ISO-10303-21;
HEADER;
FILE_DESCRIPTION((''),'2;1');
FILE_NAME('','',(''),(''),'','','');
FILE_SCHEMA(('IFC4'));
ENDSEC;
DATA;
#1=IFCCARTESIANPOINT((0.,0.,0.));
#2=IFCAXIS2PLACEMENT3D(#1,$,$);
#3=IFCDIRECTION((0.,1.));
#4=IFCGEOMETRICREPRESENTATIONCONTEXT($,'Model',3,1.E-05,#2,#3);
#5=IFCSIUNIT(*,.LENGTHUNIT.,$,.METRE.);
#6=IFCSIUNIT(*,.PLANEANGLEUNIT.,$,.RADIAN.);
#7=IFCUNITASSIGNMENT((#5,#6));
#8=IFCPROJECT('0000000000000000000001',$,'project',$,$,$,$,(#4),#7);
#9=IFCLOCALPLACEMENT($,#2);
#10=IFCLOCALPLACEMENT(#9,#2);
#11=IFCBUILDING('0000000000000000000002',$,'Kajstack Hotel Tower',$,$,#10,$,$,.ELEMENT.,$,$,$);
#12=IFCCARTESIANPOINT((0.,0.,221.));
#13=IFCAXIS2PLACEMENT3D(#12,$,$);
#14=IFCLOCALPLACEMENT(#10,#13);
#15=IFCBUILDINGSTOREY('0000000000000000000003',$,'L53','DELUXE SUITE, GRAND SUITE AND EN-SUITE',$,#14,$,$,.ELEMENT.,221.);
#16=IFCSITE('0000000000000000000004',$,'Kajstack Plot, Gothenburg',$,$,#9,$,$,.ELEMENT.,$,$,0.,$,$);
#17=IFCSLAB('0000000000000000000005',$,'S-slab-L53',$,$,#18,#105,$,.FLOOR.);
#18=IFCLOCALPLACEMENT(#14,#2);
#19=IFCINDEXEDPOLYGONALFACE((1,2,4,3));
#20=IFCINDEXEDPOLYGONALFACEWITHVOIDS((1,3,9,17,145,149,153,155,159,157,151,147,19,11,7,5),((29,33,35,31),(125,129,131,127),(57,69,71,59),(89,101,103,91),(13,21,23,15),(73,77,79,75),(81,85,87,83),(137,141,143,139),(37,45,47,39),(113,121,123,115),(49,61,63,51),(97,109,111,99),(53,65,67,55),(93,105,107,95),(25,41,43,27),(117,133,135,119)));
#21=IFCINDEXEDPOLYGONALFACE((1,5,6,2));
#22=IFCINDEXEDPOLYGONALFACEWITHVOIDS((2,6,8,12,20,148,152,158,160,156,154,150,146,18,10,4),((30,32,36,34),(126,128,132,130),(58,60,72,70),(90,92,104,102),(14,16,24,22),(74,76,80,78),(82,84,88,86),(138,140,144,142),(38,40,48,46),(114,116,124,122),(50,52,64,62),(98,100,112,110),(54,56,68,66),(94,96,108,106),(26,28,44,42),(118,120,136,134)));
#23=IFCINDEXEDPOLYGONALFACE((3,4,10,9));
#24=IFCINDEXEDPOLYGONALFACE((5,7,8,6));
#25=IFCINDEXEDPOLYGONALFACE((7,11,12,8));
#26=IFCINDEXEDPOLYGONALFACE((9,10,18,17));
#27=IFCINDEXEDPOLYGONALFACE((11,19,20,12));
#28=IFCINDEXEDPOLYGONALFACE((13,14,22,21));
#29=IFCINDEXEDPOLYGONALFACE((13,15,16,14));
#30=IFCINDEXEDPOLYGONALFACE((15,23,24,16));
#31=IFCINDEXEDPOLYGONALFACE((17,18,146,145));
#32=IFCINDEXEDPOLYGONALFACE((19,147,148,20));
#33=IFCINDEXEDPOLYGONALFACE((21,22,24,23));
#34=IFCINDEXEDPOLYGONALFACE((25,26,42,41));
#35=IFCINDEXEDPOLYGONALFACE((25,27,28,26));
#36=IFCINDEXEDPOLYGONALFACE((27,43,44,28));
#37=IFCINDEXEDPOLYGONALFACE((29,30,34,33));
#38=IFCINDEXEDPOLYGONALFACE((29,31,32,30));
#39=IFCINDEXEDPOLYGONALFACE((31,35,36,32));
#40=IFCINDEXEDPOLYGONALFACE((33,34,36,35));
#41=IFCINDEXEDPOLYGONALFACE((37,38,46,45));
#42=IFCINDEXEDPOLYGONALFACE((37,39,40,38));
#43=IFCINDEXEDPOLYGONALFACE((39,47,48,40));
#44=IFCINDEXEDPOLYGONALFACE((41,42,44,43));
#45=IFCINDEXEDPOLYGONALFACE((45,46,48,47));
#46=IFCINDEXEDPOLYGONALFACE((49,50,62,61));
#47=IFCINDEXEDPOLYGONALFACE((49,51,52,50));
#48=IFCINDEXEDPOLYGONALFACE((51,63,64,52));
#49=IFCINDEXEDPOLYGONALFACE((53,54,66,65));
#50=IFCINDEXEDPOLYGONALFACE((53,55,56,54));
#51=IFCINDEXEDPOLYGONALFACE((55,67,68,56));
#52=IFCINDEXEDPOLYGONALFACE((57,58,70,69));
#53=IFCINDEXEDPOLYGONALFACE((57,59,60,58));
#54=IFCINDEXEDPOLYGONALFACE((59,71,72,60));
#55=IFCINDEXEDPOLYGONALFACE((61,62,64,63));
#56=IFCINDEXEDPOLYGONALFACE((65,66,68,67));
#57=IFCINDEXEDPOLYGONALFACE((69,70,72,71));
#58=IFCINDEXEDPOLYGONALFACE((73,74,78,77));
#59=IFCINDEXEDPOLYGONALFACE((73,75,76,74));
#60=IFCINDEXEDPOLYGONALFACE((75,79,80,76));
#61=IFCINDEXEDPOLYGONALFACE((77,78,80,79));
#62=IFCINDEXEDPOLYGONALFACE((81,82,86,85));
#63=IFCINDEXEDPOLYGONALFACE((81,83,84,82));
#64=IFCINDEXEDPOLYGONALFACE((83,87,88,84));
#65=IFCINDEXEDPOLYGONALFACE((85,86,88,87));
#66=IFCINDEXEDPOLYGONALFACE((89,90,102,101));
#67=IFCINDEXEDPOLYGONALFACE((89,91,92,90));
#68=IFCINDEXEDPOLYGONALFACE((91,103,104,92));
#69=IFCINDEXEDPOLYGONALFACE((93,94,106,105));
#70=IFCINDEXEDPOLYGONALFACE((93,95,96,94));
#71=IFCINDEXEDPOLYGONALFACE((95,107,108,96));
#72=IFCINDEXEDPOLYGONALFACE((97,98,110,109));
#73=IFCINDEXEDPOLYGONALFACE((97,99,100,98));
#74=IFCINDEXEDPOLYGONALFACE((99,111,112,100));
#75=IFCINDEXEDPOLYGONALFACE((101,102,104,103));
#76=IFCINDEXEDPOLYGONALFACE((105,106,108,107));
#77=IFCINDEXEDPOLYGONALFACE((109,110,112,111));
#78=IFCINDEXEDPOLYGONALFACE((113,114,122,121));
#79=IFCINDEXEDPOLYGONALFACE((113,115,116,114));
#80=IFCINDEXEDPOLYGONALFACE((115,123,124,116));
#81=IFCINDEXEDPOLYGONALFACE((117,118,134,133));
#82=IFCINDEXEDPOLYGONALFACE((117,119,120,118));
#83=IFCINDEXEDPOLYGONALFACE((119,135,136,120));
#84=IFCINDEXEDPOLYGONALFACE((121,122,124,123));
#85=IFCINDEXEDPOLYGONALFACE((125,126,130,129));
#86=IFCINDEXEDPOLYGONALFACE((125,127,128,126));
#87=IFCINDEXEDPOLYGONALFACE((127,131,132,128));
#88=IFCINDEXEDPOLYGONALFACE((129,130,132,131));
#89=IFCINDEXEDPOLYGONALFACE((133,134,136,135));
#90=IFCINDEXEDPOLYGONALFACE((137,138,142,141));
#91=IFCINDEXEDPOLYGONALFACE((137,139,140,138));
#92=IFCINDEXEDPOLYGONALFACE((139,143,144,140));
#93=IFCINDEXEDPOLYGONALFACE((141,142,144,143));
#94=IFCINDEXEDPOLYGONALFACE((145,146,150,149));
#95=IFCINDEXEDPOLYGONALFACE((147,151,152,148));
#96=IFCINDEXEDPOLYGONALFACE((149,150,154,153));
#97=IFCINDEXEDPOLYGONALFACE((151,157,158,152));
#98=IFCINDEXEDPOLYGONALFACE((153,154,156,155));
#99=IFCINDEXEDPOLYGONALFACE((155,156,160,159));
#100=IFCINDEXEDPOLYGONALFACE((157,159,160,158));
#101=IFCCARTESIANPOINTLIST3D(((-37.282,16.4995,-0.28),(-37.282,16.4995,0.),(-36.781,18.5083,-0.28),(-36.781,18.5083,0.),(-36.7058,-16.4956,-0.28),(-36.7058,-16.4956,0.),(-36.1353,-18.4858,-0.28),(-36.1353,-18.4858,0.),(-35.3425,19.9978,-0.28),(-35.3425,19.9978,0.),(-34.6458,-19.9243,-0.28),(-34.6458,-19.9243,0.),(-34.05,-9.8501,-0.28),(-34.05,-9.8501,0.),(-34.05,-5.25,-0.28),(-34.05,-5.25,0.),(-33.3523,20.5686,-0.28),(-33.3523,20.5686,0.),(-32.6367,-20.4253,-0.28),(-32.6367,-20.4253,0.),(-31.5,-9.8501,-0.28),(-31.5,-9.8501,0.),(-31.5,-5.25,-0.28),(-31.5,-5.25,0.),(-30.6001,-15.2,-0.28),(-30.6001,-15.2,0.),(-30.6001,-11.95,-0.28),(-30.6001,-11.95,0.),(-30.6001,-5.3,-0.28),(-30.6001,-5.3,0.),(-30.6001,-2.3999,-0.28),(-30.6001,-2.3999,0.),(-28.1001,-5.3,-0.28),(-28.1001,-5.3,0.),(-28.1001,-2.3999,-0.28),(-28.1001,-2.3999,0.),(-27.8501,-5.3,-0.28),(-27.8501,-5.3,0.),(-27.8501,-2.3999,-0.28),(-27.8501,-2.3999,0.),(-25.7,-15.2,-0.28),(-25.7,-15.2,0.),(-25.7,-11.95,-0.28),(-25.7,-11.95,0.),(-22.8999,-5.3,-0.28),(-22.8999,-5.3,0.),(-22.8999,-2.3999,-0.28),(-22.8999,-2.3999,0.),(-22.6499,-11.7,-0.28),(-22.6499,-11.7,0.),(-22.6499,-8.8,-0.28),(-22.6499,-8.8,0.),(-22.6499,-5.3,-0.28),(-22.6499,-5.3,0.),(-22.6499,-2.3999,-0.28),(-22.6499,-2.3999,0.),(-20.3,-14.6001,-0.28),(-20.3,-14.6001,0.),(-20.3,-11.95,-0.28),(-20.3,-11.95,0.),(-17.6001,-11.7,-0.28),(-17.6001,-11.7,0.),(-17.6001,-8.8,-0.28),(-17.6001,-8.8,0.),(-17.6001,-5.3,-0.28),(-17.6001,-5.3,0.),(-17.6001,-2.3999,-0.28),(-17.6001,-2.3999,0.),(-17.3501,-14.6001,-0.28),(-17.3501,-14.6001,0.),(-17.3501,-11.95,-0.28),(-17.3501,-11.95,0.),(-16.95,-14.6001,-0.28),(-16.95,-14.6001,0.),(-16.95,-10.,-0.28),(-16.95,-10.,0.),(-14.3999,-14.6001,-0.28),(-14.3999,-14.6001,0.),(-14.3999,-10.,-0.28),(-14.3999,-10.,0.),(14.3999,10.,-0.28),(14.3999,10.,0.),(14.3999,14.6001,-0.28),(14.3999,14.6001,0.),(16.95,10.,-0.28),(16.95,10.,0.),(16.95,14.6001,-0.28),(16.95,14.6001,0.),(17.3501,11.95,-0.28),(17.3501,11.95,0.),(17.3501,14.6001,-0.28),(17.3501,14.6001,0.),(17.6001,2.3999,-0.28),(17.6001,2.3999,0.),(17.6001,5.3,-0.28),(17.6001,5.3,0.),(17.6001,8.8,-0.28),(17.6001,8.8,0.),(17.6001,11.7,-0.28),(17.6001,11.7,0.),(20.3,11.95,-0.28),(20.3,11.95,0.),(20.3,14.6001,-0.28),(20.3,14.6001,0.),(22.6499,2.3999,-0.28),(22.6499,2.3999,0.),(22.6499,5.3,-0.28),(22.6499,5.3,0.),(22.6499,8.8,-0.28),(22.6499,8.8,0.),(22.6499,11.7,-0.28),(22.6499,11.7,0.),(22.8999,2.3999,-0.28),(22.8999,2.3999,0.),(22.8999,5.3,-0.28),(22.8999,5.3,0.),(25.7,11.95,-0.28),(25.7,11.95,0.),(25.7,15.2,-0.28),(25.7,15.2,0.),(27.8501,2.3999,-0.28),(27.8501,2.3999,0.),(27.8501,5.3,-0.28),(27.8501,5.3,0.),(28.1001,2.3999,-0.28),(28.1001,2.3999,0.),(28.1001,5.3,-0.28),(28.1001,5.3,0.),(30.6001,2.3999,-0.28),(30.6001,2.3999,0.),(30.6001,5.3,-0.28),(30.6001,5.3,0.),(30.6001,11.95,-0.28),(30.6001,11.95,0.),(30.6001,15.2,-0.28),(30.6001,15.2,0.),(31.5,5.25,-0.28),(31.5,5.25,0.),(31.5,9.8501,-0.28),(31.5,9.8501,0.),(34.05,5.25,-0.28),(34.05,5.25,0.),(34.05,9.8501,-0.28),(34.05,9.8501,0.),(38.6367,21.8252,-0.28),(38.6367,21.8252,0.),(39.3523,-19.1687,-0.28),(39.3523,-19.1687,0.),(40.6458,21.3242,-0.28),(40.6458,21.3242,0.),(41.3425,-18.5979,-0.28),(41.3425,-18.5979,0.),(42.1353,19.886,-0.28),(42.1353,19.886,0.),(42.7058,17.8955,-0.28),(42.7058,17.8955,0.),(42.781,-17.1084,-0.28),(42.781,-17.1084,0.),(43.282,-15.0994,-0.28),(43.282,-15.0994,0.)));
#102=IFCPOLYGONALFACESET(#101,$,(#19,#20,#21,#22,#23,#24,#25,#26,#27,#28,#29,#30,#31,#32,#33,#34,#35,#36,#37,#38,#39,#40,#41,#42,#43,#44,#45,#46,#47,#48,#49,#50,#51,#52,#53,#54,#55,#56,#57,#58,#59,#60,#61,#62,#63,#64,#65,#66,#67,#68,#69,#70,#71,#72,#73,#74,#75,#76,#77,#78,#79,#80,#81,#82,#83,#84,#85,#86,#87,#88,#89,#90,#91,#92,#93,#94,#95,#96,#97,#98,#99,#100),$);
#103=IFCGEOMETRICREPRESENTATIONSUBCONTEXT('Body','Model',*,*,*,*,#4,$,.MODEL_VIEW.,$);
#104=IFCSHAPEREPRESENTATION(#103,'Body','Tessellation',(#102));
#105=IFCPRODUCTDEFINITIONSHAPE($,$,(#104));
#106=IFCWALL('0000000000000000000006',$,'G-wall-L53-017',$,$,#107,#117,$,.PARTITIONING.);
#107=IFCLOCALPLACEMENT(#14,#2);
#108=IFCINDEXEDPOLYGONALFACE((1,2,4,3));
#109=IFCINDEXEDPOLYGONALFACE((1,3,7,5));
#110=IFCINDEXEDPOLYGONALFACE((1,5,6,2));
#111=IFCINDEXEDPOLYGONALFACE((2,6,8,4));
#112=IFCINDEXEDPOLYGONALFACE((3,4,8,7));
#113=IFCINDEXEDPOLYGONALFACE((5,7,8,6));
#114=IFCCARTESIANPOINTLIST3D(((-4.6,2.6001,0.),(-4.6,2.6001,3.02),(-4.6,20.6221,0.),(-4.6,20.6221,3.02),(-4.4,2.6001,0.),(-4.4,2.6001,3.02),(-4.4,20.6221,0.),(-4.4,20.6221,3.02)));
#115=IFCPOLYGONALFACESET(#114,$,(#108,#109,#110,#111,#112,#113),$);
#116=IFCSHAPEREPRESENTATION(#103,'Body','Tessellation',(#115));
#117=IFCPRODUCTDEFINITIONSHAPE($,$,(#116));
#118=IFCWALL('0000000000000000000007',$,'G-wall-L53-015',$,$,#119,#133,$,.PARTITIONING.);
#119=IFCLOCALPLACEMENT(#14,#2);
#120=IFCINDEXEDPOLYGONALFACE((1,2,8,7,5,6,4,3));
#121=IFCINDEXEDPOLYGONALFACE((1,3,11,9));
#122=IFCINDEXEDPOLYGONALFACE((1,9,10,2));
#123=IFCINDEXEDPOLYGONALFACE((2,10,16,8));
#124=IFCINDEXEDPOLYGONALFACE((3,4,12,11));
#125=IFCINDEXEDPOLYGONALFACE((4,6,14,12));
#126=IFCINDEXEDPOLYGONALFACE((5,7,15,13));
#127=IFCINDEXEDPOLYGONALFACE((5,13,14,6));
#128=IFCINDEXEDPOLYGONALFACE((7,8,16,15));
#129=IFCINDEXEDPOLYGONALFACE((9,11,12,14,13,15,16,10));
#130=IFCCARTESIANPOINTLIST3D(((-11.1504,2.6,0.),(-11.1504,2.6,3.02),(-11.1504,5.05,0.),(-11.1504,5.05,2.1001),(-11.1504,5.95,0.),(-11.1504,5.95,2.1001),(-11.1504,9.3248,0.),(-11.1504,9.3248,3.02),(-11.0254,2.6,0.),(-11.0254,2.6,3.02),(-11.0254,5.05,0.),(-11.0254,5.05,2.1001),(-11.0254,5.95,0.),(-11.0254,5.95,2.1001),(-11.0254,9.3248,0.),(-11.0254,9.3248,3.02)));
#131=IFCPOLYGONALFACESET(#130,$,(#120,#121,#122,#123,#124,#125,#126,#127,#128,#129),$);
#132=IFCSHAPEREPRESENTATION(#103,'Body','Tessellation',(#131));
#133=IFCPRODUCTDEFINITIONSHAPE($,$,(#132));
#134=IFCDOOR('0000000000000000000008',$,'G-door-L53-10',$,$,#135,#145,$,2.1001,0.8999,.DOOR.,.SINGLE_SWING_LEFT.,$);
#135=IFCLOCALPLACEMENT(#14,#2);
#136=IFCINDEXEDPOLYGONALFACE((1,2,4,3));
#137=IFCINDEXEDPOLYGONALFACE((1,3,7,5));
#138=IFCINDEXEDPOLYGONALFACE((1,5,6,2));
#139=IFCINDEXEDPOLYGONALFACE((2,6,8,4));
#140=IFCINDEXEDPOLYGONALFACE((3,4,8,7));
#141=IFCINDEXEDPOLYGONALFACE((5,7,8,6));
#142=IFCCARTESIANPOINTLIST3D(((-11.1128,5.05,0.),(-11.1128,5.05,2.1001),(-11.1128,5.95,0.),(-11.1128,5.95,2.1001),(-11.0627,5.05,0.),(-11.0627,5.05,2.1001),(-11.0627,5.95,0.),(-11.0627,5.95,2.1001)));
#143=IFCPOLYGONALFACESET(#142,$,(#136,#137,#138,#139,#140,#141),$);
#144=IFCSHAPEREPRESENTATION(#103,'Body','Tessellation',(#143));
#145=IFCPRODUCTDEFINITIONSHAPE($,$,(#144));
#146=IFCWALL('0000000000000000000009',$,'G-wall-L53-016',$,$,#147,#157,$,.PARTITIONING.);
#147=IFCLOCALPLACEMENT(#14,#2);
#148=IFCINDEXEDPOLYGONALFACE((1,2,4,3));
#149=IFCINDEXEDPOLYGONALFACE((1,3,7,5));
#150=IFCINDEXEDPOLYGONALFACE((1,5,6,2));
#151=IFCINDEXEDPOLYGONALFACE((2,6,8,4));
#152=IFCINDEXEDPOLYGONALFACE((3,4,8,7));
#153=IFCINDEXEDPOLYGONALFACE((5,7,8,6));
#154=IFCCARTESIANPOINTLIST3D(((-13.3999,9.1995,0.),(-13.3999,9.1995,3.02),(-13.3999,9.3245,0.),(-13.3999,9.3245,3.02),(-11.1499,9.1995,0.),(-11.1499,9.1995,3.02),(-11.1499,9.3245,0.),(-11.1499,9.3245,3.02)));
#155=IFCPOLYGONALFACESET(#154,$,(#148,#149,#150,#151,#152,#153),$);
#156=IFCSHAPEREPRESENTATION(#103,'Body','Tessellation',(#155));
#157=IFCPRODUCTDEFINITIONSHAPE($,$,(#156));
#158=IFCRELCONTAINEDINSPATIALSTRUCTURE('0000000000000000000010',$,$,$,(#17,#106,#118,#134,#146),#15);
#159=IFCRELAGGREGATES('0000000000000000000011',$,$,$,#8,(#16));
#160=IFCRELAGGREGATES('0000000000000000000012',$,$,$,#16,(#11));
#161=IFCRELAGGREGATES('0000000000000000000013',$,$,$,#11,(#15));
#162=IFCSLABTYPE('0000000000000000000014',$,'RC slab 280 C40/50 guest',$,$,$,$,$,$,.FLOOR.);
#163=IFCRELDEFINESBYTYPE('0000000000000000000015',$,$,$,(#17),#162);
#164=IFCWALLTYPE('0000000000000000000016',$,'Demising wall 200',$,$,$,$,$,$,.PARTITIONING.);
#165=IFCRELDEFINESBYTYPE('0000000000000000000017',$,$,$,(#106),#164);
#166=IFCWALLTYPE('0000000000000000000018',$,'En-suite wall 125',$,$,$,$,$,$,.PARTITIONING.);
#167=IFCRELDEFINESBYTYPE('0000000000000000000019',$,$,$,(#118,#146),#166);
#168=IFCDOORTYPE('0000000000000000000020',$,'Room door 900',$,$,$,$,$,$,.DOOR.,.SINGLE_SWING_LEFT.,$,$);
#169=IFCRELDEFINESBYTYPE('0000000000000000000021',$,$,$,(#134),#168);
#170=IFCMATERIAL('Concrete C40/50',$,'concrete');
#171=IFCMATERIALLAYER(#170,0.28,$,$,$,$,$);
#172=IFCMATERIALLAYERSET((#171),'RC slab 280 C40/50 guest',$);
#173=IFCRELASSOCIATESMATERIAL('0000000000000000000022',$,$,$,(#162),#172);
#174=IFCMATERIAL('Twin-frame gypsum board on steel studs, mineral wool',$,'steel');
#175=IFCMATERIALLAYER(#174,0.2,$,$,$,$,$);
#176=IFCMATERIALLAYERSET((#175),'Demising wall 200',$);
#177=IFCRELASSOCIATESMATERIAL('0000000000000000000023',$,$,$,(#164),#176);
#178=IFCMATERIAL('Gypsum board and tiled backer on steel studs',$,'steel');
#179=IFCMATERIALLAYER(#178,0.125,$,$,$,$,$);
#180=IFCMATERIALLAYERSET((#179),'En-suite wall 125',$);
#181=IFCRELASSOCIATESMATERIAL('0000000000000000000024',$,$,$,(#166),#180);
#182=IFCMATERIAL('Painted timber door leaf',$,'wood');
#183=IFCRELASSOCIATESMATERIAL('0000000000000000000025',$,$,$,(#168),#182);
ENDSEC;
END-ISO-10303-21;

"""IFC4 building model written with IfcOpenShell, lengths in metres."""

from ifc_helpers import new_model, si_unit, direction, frame, frame_2d, origin, place, context, subcontext, project, spatial, polyline, rectangle, outline, extrude, material, layer, layer_set, type_object, element, fill, save


model = new_model("IFC4")

# Units and contexts
model_context = context("Model", 3, precision=1e-05, world=origin(), true_north=direction((0.0, 1.0)))
body_context = subcontext(model_context, "Body", "Model", "MODEL_VIEW")
ifc_project = project(units=[si_unit("LENGTHUNIT", "METRE"), si_unit("PLANEANGLEUNIT", "RADIAN")], contexts=[model_context])

# Site, building, storey
site_placement = place(None, origin())
site = spatial("IfcSite", under=ifc_project, at=site_placement, Name="Kajstack Plot, Gothenburg", CompositionType="ELEMENT", RefElevation=0.0)
building_placement = place(site_placement, origin())
building = spatial("IfcBuilding", under=site, at=building_placement, Name="Kajstack Hotel Tower", CompositionType="ELEMENT")
storey_placement = place(building_placement, frame((0.0, 0.0, 221.0)))
storey = spatial("IfcBuildingStorey", under=building, at=storey_placement, Name="L53", Description="DELUXE SUITE, GRAND SUITE AND EN-SUITE", CompositionType="ELEMENT", Elevation=221.0)

# Slab
ifc_material_1 = material(Name="Concrete C40/50", Category="concrete")
ifc_layer_1 = layer(ifc_material_1, 0.28)
ifc_layer_set_1 = layer_set([ifc_layer_1], Name="RC slab 280 C40/50 guest")
slab_type = type_object("IfcSlabType", Name="RC slab 280 C40/50 guest", PredefinedType="FLOOR", material=ifc_layer_set_1)
slab_placement = place(storey_placement, frame((0.0, 0.0, -0.28)))
element("IfcSlab", 1, at=slab_placement, inside=storey, type_object=slab_type, Name="S-slab-L53", PredefinedType="FLOOR", context=body_context, shape_type="SweptSolid", body=[
    extrude(outline(polyline([(-37.282, 16.4995), (-36.7058, -16.4956), (-36.1353, -18.4858), (-34.6458, -19.9243), (-32.6367, -20.4253), (39.3523, -19.1687), (41.3425, -18.5979), (42.781, -17.1084), (43.282, -15.0994), (42.7058, 17.8955), (42.1353, 19.886), (40.6458, 21.3242), (38.6367, 21.8252), (-33.3523, 20.5686), (-35.3425, 19.9978), (-36.781, 18.5083), (-37.282, 16.4995)]), holes=[polyline([(-22.6499, -11.7), (-22.6499, -8.8), (-17.6001, -8.8), (-17.6001, -11.7), (-22.6499, -11.7)]), polyline([(-27.8501, -5.3), (-27.8501, -2.3999), (-22.8999, -2.3999), (-22.8999, -5.3), (-27.8501, -5.3)]), polyline([(-22.6499, -5.3), (-22.6499, -2.3999), (-17.6001, -2.3999), (-17.6001, -5.3), (-22.6499, -5.3)]), polyline([(-20.3, -14.6001), (-17.3501, -14.6001), (-17.3501, -11.95), (-20.3, -11.95), (-20.3, -14.6001)]), polyline([(-30.6001, -5.3), (-28.1001, -5.3), (-28.1001, -2.3999), (-30.6001, -2.3999), (-30.6001, -5.3)]), polyline([(17.6001, 8.8), (17.6001, 11.7), (22.6499, 11.7), (22.6499, 8.8), (17.6001, 8.8)]), polyline([(22.8999, 2.3999), (22.8999, 5.3), (27.8501, 5.3), (27.8501, 2.3999), (22.8999, 2.3999)]), polyline([(17.6001, 2.3999), (17.6001, 5.3), (22.6499, 5.3), (22.6499, 2.3999), (17.6001, 2.3999)]), polyline([(20.3, 14.6001), (17.3501, 14.6001), (17.3501, 11.95), (20.3, 11.95), (20.3, 14.6001)]), polyline([(30.6001, 5.3), (28.1001, 5.3), (28.1001, 2.3999), (30.6001, 2.3999), (30.6001, 5.3)]), polyline([(-34.05, -9.8501), (-31.5, -9.8501), (-31.5, -5.25), (-34.05, -5.25), (-34.05, -9.8501)]), polyline([(-16.95, -14.6001), (-14.3999, -14.6001), (-14.3999, -10.0), (-16.95, -10.0), (-16.95, -14.6001)]), polyline([(-30.6001, -15.2), (-25.7, -15.2), (-25.7, -11.95), (-30.6001, -11.95), (-30.6001, -15.2)]), polyline([(34.05, 9.8501), (31.5, 9.8501), (31.5, 5.25), (34.05, 5.25), (34.05, 9.8501)]), polyline([(16.95, 14.6001), (14.3999, 14.6001), (14.3999, 10.0), (16.95, 10.0), (16.95, 14.6001)]), polyline([(30.6001, 15.2), (25.7, 15.2), (25.7, 11.95), (30.6001, 11.95), (30.6001, 15.2)])]), origin(), (0.0, 0.0, 1.0), 0.28),
])

# Wall
ifc_material_2 = material(Name="Twin-frame gypsum board on steel studs, mineral wool", Category="steel")
ifc_layer_2 = layer(ifc_material_2, 0.2)
ifc_layer_set_2 = layer_set([ifc_layer_2], Name="Demising wall 200")
wall_type_1 = type_object("IfcWallType", Name="Demising wall 200", PredefinedType="PARTITIONING", material=ifc_layer_set_2)
wall_1_placement = place(storey_placement, frame((-4.5, 2.6001, 0.0), z_axis=(0.0, 0.0, 1.0), x_axis=(0.0, 1.0, 0.0)))
element("IfcWall", 2, at=wall_1_placement, inside=storey, type_object=wall_type_1, Name="G-wall-L53-017", PredefinedType="PARTITIONING", context=body_context, shape_type="SweptSolid", body=[
    extrude(rectangle(XDim=18.022, YDim=0.2, at=frame_2d((9.011, 0.0))), origin(), (0.0, 0.0, 1.0), 3.02),
])

# Wall, opening, door
ifc_material_3 = material(Name="Gypsum board and tiled backer on steel studs", Category="steel")
ifc_layer_3 = layer(ifc_material_3, 0.125)
ifc_layer_set_3 = layer_set([ifc_layer_3], Name="En-suite wall 125")
wall_type_2 = type_object("IfcWallType", Name="En-suite wall 125", PredefinedType="PARTITIONING", material=ifc_layer_set_3)
wall_2_placement = place(storey_placement, frame((-11.0879, 2.6001, 0.0), z_axis=(0.0, 0.0, 1.0), x_axis=(0.0, 1.0, 0.0)))
wall_2 = element("IfcWall", 3, at=wall_2_placement, inside=storey, type_object=wall_type_2, Name="G-wall-L53-015", PredefinedType="PARTITIONING", context=body_context, shape_type="SweptSolid", body=[
    extrude(rectangle(XDim=6.7249, YDim=0.125, at=frame_2d((3.3623, 0.0))), origin(), (0.0, 0.0, 1.0), 3.02),
])
opening_1_placement = place(wall_2_placement, frame((2.45, 0.0, 0.0)))
opening_1 = element("IfcOpeningElement", 4, at=opening_1_placement, cuts=wall_2, PredefinedType="OPENING", context=body_context, shape_type="SweptSolid", body=[
    extrude(rectangle(XDim=0.8999, YDim=2.1001, at=frame_2d((0.45, 1.05))), frame((0.0, 0.0725, 0.0), z_axis=(0.0, -1.0, 0.0), x_axis=(1.0, 0.0, 0.0)), (0.0, 0.0, 1.0), 0.145),
])
ifc_material_4 = material(Name="Painted timber door leaf", Category="wood")
door_type = type_object("IfcDoorType", Name="Room door 900", OperationType="SINGLE_SWING_LEFT", PredefinedType="DOOR", material=ifc_material_4)
door_1_placement = place(opening_1_placement, origin())
door_1 = element("IfcDoor", 5, at=door_1_placement, inside=storey, type_object=door_type, Name="G-door-L53-10", OperationType="SINGLE_SWING_LEFT", OverallHeight=2.1001, OverallWidth=0.8999, PredefinedType="DOOR", context=body_context, shape_type="SweptSolid", body=[
    extrude(rectangle(XDim=0.8999, YDim=2.1001, at=frame_2d((0.45, 1.05))), frame((0.0, 0.0249, 0.0), z_axis=(0.0, -1.0, 0.0), x_axis=(1.0, 0.0, 0.0)), (0.0, 0.0, 1.0), 0.05),
])
fill(opening_1, door_1)

# Wall
wall_3_placement = place(storey_placement, frame((-13.3999, 9.262, 0.0), z_axis=(0.0, 0.0, 1.0), x_axis=(1.0, 0.0, 0.0)))
element("IfcWall", 6, at=wall_3_placement, inside=storey, type_object=wall_type_2, Name="G-wall-L53-016", PredefinedType="PARTITIONING", context=body_context, shape_type="SweptSolid", body=[
    extrude(rectangle(XDim=2.25, YDim=0.125, at=frame_2d((1.125, 0.0))), origin(), (0.0, 0.0, 1.0), 3.02),
])

save(model, "model.ifc")
